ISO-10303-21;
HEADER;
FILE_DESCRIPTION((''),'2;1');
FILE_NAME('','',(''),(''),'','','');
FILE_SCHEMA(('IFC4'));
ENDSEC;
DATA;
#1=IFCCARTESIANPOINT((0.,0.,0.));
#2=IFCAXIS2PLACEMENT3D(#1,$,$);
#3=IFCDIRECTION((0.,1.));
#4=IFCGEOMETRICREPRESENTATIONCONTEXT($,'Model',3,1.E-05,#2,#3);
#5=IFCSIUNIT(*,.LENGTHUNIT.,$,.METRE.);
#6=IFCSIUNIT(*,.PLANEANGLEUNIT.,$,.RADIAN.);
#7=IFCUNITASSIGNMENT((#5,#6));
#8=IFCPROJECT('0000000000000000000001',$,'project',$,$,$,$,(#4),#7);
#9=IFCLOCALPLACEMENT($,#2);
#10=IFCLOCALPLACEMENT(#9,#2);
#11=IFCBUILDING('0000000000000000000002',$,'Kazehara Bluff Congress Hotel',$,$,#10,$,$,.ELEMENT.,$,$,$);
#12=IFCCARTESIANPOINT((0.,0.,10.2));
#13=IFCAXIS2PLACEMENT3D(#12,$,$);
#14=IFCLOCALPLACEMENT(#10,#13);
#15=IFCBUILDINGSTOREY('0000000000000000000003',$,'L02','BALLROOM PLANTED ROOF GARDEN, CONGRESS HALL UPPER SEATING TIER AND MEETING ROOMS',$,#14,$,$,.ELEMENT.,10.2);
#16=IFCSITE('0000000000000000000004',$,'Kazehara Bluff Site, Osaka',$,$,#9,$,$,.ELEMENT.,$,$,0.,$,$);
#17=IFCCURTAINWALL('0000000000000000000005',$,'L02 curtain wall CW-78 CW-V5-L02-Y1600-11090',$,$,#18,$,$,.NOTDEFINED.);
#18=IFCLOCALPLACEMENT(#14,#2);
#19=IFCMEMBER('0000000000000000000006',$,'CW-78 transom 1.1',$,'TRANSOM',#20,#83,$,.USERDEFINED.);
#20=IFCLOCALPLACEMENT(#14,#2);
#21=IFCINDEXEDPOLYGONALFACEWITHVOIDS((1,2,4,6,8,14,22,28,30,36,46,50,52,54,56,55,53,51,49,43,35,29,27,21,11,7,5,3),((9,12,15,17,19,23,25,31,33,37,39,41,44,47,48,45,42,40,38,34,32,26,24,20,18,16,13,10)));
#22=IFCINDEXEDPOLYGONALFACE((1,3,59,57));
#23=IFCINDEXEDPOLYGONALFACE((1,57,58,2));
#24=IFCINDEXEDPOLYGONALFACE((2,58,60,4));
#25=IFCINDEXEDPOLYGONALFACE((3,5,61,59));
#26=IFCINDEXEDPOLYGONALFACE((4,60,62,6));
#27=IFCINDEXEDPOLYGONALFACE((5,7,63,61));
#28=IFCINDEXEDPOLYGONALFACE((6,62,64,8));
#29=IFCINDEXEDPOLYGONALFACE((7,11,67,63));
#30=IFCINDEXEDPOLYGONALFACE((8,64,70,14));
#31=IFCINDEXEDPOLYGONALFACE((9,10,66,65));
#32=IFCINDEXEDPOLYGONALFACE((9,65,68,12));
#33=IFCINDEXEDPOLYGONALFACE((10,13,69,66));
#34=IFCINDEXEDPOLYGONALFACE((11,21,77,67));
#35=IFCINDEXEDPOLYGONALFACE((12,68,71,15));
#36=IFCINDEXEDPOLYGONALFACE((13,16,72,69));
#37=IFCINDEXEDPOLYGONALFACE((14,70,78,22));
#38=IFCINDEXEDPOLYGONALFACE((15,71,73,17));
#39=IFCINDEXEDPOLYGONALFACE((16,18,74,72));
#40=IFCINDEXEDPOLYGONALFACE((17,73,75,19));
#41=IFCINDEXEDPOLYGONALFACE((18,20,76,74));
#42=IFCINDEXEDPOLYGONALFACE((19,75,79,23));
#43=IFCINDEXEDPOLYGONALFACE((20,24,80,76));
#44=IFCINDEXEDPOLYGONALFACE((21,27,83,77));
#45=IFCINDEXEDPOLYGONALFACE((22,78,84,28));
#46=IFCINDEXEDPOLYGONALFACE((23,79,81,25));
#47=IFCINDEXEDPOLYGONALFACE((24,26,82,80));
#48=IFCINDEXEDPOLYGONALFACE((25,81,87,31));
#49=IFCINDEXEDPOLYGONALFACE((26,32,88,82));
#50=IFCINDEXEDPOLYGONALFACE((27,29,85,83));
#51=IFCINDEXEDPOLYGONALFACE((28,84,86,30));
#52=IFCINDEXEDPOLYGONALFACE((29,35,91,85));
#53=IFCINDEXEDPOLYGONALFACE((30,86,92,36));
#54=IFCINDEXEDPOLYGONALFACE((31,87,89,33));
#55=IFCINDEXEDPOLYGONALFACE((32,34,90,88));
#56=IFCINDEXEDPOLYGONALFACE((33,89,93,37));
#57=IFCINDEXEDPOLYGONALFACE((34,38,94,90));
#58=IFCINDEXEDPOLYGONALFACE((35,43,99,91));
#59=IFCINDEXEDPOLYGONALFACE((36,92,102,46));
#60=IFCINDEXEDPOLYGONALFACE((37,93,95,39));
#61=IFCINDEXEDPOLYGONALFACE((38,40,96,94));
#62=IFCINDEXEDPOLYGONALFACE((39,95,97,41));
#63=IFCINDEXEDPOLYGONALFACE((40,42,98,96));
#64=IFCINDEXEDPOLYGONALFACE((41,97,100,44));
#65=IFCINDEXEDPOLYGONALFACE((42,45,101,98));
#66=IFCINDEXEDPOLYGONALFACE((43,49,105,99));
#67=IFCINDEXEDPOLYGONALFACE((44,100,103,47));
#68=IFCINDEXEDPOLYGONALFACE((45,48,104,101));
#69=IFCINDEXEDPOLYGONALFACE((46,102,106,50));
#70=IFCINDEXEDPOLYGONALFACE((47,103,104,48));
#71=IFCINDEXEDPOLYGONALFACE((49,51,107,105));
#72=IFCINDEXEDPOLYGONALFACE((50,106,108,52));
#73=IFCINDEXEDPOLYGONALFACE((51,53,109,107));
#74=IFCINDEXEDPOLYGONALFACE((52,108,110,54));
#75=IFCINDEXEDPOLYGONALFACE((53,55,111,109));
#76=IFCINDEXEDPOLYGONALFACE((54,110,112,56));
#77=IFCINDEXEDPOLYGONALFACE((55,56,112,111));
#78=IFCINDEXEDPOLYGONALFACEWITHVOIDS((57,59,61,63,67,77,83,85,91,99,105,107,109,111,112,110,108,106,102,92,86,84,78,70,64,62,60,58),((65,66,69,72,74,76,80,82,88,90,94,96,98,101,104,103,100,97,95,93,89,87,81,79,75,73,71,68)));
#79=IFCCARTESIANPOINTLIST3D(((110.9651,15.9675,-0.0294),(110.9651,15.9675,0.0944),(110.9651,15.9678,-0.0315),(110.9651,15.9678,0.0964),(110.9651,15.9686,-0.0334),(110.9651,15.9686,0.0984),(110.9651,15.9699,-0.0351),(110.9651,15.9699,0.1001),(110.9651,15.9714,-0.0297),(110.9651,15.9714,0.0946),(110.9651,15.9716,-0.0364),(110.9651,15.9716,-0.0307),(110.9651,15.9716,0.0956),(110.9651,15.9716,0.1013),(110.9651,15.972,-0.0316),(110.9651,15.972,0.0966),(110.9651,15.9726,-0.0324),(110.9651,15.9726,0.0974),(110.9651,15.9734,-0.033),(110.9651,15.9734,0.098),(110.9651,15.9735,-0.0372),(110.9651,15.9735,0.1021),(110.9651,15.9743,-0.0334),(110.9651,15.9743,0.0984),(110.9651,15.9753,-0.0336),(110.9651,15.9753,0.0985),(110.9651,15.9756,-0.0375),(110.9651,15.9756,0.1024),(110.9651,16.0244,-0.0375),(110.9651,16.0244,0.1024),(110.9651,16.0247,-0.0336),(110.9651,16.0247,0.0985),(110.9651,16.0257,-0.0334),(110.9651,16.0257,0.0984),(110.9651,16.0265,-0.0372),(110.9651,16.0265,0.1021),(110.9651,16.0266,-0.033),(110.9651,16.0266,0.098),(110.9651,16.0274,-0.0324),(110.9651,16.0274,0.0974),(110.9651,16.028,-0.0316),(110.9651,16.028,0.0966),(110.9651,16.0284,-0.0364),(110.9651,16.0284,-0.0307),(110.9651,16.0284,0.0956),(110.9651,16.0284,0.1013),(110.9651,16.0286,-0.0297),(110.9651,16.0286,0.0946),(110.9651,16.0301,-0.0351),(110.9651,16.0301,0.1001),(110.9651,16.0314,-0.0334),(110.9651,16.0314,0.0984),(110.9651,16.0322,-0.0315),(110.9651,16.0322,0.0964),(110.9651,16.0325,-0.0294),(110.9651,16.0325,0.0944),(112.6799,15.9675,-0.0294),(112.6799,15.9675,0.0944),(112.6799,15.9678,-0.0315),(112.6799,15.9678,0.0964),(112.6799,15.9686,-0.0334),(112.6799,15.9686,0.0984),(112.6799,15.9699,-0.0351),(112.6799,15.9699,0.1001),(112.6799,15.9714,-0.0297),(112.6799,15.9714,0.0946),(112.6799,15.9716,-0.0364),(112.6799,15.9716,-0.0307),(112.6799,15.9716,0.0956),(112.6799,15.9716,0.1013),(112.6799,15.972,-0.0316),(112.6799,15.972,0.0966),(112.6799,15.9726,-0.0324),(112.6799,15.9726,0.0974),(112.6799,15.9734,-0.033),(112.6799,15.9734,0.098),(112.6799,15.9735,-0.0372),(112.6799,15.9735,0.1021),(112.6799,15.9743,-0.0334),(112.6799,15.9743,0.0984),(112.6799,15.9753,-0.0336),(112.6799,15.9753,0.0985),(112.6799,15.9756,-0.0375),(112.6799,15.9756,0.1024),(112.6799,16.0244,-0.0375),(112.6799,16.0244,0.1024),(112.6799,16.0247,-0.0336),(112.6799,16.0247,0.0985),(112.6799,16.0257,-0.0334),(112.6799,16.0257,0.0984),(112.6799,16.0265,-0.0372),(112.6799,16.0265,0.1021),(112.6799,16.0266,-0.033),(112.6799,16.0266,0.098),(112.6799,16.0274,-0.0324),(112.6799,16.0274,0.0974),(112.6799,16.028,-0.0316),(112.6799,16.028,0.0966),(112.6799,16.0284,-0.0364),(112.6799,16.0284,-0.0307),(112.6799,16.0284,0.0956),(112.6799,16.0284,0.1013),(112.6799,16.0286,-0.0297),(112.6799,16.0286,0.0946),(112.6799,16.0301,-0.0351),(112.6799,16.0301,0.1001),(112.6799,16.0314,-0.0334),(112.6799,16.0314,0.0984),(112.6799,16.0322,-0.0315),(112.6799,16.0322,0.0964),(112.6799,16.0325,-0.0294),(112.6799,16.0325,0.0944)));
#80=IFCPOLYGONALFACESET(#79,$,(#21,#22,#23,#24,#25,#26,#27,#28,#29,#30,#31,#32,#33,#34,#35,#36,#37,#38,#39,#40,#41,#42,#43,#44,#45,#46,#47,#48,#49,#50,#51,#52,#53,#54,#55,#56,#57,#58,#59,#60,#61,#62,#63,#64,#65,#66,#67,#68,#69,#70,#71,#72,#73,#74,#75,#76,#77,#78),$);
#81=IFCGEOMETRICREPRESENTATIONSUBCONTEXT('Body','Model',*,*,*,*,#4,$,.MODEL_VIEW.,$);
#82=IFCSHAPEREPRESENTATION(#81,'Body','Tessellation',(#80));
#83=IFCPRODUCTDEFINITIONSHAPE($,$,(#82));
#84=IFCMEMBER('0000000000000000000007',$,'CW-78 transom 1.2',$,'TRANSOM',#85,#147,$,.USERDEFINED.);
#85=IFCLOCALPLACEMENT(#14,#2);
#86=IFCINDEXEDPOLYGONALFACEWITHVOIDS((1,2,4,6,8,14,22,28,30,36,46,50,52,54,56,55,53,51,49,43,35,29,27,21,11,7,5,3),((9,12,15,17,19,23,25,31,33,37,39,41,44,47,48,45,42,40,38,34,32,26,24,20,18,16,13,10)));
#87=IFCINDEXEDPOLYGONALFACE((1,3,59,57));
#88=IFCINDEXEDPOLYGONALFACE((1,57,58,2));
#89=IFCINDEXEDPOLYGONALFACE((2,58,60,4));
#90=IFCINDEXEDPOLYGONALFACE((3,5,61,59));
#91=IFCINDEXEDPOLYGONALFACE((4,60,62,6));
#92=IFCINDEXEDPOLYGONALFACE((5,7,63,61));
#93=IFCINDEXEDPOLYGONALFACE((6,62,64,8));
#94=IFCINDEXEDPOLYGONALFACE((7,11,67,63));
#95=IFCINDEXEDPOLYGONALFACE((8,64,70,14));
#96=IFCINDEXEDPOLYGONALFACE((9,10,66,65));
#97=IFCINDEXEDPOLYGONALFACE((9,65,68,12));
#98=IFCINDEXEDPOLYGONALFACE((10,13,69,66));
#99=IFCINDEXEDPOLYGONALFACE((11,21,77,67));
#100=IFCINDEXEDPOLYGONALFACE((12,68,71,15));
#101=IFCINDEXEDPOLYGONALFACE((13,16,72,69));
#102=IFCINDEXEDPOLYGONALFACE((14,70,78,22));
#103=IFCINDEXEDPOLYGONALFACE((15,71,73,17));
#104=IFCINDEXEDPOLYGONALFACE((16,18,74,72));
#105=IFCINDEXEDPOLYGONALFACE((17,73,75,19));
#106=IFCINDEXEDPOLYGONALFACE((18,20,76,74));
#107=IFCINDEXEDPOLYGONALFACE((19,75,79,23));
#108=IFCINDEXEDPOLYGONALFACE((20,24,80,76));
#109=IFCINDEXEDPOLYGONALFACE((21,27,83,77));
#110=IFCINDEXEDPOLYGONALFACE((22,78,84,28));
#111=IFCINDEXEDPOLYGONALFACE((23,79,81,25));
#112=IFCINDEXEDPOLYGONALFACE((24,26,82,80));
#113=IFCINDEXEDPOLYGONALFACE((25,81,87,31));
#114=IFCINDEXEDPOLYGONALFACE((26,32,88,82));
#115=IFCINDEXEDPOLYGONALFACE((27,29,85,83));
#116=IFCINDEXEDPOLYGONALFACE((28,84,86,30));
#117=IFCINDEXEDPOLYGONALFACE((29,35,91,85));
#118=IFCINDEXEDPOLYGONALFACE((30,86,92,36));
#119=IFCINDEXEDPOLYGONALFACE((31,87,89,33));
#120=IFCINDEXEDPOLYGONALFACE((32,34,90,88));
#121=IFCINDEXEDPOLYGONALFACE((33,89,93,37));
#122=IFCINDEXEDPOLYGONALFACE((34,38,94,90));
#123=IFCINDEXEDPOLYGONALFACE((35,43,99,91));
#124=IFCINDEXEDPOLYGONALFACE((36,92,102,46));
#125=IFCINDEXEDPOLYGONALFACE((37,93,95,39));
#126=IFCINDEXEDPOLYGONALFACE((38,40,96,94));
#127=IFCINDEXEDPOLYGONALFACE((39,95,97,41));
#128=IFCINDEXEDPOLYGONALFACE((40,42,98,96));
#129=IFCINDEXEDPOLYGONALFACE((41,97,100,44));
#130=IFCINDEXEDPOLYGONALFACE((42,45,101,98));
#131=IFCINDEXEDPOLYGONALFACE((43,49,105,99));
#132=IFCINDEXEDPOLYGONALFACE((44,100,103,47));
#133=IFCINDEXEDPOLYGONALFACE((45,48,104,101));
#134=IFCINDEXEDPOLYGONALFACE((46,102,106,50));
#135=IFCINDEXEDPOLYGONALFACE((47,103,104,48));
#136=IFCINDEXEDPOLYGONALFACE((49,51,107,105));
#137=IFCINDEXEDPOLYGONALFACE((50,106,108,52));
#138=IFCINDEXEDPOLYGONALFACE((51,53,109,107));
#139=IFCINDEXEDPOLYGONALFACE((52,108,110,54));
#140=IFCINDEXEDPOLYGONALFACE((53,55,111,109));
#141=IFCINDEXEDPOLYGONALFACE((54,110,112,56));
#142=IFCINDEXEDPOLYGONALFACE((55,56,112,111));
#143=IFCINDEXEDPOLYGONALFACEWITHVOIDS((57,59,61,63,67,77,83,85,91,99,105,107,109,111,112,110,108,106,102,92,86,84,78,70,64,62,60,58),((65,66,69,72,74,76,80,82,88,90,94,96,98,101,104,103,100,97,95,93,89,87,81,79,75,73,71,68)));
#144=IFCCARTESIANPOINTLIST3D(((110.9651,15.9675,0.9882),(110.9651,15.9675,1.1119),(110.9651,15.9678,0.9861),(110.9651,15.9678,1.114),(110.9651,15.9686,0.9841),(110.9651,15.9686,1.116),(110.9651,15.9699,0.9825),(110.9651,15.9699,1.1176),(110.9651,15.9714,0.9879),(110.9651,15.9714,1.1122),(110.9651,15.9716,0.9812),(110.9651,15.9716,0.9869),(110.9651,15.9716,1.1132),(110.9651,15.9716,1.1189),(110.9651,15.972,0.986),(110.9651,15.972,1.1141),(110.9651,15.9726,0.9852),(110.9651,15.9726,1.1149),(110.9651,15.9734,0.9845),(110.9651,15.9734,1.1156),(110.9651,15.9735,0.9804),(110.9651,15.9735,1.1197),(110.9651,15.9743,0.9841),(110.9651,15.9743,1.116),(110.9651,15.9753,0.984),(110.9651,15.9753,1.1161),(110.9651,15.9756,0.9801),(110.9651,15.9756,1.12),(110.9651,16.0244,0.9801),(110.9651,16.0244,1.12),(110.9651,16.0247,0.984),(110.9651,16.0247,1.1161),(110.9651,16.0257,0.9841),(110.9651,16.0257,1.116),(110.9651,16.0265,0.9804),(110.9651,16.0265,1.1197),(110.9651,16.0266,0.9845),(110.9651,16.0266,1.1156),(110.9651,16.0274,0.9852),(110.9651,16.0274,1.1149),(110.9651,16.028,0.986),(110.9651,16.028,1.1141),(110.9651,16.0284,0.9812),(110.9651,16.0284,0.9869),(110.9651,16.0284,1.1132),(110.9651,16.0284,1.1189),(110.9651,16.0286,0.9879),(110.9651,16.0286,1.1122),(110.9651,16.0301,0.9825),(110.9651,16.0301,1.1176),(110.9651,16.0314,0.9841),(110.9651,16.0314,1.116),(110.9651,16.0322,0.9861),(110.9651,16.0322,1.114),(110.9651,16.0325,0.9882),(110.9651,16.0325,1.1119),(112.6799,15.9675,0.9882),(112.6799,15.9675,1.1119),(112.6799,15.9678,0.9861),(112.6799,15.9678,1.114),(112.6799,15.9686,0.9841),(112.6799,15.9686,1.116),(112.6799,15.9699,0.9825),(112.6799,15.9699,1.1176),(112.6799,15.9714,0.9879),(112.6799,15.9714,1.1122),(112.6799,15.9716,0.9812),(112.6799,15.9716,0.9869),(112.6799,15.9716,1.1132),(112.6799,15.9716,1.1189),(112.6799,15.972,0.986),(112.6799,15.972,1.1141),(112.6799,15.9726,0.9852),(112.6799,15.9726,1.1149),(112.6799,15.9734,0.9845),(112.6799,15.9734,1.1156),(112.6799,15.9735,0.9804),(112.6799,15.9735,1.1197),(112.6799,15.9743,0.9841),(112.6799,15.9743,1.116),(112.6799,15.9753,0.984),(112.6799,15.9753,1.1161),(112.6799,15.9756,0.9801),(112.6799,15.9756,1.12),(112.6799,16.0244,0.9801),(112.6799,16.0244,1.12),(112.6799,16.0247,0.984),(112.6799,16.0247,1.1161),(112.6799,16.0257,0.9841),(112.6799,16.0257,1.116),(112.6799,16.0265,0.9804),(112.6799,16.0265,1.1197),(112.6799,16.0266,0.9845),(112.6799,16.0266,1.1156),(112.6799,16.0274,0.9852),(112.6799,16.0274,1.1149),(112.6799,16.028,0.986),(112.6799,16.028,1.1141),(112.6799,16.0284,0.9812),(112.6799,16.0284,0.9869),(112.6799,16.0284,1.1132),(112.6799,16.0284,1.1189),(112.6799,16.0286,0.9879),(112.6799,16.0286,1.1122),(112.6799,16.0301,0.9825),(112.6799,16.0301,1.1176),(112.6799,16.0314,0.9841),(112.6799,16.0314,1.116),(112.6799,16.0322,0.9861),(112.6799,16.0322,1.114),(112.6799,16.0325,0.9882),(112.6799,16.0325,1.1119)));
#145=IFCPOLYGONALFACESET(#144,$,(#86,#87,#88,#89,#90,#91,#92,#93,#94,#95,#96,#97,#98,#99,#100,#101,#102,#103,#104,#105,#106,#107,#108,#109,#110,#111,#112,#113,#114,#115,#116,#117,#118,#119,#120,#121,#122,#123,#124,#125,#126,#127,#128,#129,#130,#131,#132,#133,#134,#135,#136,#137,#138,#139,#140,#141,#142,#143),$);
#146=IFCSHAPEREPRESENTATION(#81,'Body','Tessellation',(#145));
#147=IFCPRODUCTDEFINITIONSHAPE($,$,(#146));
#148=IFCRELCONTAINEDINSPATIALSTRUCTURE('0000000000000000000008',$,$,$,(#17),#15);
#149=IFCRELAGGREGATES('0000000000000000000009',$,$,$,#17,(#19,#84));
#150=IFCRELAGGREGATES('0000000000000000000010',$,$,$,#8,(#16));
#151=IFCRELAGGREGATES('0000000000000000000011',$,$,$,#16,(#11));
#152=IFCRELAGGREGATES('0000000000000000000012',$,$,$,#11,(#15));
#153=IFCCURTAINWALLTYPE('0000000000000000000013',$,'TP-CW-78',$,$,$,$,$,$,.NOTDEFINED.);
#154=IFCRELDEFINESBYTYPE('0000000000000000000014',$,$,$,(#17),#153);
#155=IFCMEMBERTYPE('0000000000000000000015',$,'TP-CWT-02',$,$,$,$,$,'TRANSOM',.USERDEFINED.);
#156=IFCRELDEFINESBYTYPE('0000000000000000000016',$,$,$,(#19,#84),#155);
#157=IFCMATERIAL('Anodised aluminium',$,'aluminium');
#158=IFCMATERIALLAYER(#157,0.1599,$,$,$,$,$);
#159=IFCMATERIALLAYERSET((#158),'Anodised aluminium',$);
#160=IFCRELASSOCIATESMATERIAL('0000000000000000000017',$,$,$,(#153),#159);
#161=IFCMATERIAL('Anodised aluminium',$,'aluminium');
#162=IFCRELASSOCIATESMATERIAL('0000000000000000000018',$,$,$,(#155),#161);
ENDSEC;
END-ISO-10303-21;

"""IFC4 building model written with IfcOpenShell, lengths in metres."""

from ifc_helpers import new_model, si_unit, direction, frame, origin, origin_2d, place, context, subcontext, project, spatial, hollow_rectangle, extrude, material, layer, layer_set, material_profile, profile_set, type_object, element, aggregate, save


model = new_model("IFC4")

# Units and contexts
model_context = context("Model", 3, precision=1e-05, world=origin(), true_north=direction((0.0, 1.0)))
body_context = subcontext(model_context, "Body", "Model", "MODEL_VIEW")
ifc_project = project(units=[si_unit("LENGTHUNIT", "METRE"), si_unit("PLANEANGLEUNIT", "RADIAN")], contexts=[model_context])

# Site, building, storey
site_placement = place(None, origin())
site = spatial("IfcSite", under=ifc_project, at=site_placement, Name="Kazehara Bluff Site, Osaka", CompositionType="ELEMENT", RefElevation=0.0)
building_placement = place(site_placement, origin())
building = spatial("IfcBuilding", under=site, at=building_placement, Name="Kazehara Bluff Congress Hotel", CompositionType="ELEMENT")
storey_placement = place(building_placement, frame((0.0, 0.0, 10.2)))
storey = spatial("IfcBuildingStorey", under=building, at=storey_placement, Name="L02", Description="BALLROOM PLANTED ROOF GARDEN, CONGRESS HALL UPPER SEATING TIER AND MEETING ROOMS", CompositionType="ELEMENT", Elevation=10.2)

# Curtain wall, members
ifc_material_1 = material(Name="Anodised aluminium", Category="aluminium")
ifc_layer_1 = layer(ifc_material_1, 0.1599)
ifc_layer_set_1 = layer_set([ifc_layer_1], Name="Anodised aluminium")
curtain_wall_type = type_object("IfcCurtainWallType", Name="TP-CW-78", PredefinedType="NOTDEFINED", material=ifc_layer_set_1)
curtain_wall_placement = place(storey_placement, origin())
curtain_wall = element("IfcCurtainWall", 1, at=curtain_wall_placement, inside=storey, type_object=curtain_wall_type, Name="L02 curtain wall CW-78 CW-V5-L02-Y1600-11090", PredefinedType="NOTDEFINED")
ifc_material_2 = material(Name="Anodised aluminium", Category="aluminium")
ifc_material_profile_1 = material_profile(ifc_material_2, hollow_rectangle(XDim=0.0649, YDim=0.1399, WallThickness=0.0039, InnerFilletRadius=0.0039, OuterFilletRadius=0.0081, at=origin_2d()))
ifc_profile_set_1 = profile_set([ifc_material_profile_1], Name="Anodised aluminium")
member_type_1 = type_object("IfcMemberType", Name="TP-CWT-02", ElementType="TRANSOM", PredefinedType="USERDEFINED", material=ifc_profile_set_1)
member_1_placement = place(storey_placement, frame((110.9651, 16.0, 0.0325), z_axis=(1.0, 0.0, 0.0), x_axis=(0.0, 1.0, 0.0)))
member_1 = element("IfcMember", 2, at=member_1_placement, type_object=member_type_1, Name="CW-78 transom 1.1", ObjectType="TRANSOM", PredefinedType="USERDEFINED", context=body_context, shape_type="SweptSolid", body=[
    extrude(hollow_rectangle(XDim=0.0649, YDim=0.1399, WallThickness=0.0039, InnerFilletRadius=0.0039, OuterFilletRadius=0.0081, at=origin_2d()), origin(), (0.0, 0.0, 1.0), 1.7148),
])
member_2_placement = place(storey_placement, frame((110.9651, 16.0, 1.05), z_axis=(1.0, 0.0, 0.0), x_axis=(0.0, 1.0, 0.0)))
member_2 = element("IfcMember", 3, at=member_2_placement, type_object=member_type_1, Name="CW-78 transom 1.2", ObjectType="TRANSOM", PredefinedType="USERDEFINED", context=body_context, shape_type="SweptSolid", body=[
    extrude(hollow_rectangle(XDim=0.0649, YDim=0.1399, WallThickness=0.0039, InnerFilletRadius=0.0039, OuterFilletRadius=0.0081, at=origin_2d()), origin(), (0.0, 0.0, 1.0), 1.7148),
])
aggregate(curtain_wall, [member_1, member_2])

save(model, "model.ifc")
